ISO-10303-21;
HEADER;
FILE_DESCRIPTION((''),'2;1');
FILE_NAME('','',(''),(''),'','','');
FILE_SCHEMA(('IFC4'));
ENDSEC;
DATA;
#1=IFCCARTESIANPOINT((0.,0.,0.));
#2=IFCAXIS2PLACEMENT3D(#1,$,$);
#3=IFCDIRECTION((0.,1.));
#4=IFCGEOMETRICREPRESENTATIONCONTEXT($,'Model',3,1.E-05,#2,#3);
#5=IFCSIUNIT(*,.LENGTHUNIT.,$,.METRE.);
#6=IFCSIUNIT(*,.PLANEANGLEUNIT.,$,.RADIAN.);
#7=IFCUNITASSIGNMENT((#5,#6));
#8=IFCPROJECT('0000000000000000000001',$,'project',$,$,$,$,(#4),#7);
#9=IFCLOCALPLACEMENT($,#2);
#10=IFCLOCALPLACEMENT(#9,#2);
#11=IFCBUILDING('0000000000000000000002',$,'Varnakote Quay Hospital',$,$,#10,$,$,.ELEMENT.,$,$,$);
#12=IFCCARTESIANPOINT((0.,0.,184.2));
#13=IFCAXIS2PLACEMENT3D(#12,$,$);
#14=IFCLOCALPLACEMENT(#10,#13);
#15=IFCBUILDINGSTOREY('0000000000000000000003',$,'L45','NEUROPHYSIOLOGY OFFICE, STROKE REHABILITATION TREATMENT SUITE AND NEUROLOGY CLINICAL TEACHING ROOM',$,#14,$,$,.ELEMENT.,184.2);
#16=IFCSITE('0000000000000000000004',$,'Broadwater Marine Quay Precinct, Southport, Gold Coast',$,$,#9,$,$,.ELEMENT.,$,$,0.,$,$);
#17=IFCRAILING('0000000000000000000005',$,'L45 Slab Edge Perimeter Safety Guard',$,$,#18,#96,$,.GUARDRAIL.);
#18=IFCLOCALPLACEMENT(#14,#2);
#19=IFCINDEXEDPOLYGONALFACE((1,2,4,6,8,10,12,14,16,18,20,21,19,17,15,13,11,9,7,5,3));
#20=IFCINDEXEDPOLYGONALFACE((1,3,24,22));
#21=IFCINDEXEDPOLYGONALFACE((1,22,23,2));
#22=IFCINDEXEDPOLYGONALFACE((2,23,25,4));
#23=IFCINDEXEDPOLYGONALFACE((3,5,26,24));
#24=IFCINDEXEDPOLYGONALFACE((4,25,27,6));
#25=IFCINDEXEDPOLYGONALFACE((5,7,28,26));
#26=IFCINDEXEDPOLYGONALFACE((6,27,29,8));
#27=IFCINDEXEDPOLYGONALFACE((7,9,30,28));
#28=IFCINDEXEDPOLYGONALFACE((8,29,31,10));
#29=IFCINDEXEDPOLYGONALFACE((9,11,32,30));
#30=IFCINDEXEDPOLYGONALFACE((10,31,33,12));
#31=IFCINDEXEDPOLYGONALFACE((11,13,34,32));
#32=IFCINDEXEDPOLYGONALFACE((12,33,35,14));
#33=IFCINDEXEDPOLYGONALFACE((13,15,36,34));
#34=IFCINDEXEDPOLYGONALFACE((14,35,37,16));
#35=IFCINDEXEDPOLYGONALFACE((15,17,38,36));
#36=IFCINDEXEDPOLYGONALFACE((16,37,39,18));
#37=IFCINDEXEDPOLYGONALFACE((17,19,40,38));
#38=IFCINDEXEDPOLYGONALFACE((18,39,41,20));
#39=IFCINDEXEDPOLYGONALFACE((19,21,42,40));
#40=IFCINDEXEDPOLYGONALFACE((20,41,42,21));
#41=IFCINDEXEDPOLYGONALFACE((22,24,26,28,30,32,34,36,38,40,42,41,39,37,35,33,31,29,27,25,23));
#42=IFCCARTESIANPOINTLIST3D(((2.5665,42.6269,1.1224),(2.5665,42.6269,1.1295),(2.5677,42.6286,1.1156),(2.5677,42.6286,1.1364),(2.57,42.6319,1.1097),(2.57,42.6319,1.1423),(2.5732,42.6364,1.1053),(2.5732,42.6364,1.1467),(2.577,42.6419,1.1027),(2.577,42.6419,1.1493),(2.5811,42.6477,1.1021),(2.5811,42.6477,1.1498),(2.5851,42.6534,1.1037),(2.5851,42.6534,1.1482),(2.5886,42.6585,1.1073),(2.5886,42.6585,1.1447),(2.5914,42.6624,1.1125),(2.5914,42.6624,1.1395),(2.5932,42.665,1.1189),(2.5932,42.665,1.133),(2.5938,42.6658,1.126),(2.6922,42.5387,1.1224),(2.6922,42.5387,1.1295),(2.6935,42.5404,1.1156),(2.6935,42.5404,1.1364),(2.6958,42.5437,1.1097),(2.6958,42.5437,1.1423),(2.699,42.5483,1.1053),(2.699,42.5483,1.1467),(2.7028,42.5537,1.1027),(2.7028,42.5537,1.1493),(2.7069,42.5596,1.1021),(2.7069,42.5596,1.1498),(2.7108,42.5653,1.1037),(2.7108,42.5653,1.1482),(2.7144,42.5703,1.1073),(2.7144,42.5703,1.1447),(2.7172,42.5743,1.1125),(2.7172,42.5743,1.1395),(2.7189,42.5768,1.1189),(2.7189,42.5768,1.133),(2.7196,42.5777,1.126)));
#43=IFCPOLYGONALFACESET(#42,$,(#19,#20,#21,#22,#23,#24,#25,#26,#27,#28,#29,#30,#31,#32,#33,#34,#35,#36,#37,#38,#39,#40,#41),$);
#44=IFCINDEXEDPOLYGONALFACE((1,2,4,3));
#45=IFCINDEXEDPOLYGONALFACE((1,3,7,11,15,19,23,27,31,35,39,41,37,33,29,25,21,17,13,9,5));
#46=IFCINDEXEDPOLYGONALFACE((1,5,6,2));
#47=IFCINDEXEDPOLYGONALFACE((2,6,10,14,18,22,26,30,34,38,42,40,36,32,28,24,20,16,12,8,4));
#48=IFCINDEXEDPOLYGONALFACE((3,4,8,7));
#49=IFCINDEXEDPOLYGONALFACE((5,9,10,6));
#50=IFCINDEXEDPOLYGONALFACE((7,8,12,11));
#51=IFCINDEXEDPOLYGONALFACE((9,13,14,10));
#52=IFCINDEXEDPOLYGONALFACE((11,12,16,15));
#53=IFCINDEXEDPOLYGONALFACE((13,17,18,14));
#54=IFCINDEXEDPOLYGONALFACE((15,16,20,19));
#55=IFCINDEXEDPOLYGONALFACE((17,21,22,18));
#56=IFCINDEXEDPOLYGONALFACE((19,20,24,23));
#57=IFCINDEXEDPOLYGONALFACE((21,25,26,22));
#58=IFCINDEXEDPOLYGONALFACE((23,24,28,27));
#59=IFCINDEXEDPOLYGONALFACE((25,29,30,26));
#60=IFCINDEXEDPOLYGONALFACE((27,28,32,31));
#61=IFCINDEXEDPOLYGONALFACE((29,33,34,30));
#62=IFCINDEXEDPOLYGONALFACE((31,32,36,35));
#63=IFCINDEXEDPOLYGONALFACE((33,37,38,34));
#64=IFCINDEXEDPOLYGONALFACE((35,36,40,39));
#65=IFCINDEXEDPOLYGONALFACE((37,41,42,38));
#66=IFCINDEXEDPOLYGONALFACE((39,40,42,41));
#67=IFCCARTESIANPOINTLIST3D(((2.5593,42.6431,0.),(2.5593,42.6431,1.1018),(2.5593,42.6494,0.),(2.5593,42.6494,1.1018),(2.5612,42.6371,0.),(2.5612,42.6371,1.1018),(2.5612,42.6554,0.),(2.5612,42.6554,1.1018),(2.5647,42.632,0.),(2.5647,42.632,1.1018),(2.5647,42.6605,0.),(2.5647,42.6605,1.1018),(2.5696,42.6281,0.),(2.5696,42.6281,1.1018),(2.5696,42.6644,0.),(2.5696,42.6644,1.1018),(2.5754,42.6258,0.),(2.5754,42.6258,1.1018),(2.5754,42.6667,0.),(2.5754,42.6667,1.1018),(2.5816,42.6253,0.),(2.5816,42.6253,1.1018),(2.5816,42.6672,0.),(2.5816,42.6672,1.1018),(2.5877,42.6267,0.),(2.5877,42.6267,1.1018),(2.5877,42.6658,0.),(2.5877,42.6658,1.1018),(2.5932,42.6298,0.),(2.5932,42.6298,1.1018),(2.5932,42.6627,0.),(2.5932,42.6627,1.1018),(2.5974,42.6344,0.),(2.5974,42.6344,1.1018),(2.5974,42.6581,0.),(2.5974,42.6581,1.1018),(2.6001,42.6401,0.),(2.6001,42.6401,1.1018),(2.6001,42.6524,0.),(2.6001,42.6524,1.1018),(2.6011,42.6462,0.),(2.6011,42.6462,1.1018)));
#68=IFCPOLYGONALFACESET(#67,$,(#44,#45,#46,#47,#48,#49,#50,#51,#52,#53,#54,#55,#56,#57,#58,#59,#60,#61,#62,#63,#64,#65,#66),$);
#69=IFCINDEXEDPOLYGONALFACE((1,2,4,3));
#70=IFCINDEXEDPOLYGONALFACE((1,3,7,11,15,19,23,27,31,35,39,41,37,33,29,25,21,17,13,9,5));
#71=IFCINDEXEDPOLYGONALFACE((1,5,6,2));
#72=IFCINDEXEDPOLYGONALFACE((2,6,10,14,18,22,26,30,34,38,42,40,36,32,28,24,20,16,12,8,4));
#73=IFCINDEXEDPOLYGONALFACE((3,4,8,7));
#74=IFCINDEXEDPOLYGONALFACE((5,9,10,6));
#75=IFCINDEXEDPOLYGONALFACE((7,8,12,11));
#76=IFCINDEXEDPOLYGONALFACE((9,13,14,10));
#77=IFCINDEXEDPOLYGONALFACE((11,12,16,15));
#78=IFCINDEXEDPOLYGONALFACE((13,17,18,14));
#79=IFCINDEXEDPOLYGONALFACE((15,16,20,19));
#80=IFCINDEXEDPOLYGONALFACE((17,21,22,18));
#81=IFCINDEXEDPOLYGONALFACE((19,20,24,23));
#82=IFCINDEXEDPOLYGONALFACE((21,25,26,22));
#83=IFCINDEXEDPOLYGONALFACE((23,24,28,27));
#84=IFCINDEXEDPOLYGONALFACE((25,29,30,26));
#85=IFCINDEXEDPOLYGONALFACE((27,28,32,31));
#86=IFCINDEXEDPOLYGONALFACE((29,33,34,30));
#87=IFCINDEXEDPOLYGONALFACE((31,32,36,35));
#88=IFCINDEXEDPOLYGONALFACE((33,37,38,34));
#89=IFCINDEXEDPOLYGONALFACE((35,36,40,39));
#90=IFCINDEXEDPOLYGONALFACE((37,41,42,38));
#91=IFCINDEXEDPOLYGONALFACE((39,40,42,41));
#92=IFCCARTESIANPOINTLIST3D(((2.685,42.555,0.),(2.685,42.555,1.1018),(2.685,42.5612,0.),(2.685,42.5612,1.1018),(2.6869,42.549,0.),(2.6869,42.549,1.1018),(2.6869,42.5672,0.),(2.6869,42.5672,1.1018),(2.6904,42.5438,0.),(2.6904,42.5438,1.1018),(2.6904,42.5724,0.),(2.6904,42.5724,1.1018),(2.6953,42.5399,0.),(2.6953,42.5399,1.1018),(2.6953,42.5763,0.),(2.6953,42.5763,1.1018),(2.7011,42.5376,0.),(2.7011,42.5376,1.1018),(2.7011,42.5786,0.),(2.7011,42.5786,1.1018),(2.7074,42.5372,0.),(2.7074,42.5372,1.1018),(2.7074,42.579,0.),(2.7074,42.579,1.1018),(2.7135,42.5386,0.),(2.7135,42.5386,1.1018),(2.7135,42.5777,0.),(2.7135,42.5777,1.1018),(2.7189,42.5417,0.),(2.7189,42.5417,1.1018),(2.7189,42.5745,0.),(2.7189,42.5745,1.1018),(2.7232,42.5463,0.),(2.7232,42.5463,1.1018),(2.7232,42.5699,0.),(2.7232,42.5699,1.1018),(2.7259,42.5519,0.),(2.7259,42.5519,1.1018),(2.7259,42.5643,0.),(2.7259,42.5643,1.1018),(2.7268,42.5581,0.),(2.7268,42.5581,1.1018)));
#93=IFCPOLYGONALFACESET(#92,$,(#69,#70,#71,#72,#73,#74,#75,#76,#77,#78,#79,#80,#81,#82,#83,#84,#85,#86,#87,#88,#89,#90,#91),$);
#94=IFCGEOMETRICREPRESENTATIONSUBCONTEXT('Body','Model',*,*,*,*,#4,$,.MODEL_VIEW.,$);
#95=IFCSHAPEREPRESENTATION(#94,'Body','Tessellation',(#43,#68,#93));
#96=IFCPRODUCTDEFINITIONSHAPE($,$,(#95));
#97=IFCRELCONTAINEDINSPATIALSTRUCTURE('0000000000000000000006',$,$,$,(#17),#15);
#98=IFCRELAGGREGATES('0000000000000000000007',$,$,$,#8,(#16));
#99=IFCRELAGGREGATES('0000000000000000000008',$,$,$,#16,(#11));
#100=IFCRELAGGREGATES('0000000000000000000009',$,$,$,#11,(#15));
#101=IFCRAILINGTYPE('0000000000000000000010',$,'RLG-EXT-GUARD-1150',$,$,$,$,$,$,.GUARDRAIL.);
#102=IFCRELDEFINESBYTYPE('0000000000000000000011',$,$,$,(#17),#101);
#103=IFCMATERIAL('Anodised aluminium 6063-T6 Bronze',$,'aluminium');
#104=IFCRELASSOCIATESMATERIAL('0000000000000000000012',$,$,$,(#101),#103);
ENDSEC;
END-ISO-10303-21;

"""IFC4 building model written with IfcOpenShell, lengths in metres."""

from ifc_helpers import new_model, si_unit, direction, frame, origin, origin_2d, place, context, subcontext, project, spatial, circle, extrude, material, type_object, element, save


model = new_model("IFC4")

# Units and contexts
model_context = context("Model", 3, precision=1e-05, world=origin(), true_north=direction((0.0, 1.0)))
body_context = subcontext(model_context, "Body", "Model", "MODEL_VIEW")
ifc_project = project(units=[si_unit("LENGTHUNIT", "METRE"), si_unit("PLANEANGLEUNIT", "RADIAN")], contexts=[model_context])

# Site, building, storey
site_placement = place(None, origin())
site = spatial("IfcSite", under=ifc_project, at=site_placement, Name="Broadwater Marine Quay Precinct, Southport, Gold Coast", CompositionType="ELEMENT", RefElevation=0.0)
building_placement = place(site_placement, origin())
building = spatial("IfcBuilding", under=site, at=building_placement, Name="Varnakote Quay Hospital", CompositionType="ELEMENT")
storey_placement = place(building_placement, frame((0.0, 0.0, 184.2)))
storey = spatial("IfcBuildingStorey", under=building, at=storey_placement, Name="L45", Description="NEUROPHYSIOLOGY OFFICE, STROKE REHABILITATION TREATMENT SUITE AND NEUROLOGY CLINICAL TEACHING ROOM", CompositionType="ELEMENT", Elevation=184.2)

# Railing
ifc_material_1 = material(Name="Anodised aluminium 6063-T6 Bronze", Category="aluminium")
railing_type = type_object("IfcRailingType", Name="RLG-EXT-GUARD-1150", PredefinedType="GUARDRAIL", material=ifc_material_1)
railing_1_placement = place(storey_placement, frame((2.5801, 42.6462, 0.0)))
element("IfcRailing", 1, at=railing_1_placement, inside=storey, type_object=railing_type, Name="L45 Slab Edge Perimeter Safety Guard", PredefinedType="GUARDRAIL", context=body_context, shape_type="SweptSolid", body=[
    extrude(circle(Radius=0.0239, at=origin_2d()), frame((0.0, 0.0, 1.126), z_axis=(0.818858, -0.573996, 0.0), x_axis=(0.573996, 0.818858, 0.0)), (0.0, 0.0, 1.0), 0.1536),
    extrude(circle(Radius=0.021, at=origin_2d()), origin(), (0.0, 0.0, 1.0), 1.1018),
    extrude(circle(Radius=0.021, at=origin_2d()), frame((0.1257, -0.0881, 0.0)), (0.0, 0.0, 1.0), 1.1018),
])

save(model, "model.ifc")
